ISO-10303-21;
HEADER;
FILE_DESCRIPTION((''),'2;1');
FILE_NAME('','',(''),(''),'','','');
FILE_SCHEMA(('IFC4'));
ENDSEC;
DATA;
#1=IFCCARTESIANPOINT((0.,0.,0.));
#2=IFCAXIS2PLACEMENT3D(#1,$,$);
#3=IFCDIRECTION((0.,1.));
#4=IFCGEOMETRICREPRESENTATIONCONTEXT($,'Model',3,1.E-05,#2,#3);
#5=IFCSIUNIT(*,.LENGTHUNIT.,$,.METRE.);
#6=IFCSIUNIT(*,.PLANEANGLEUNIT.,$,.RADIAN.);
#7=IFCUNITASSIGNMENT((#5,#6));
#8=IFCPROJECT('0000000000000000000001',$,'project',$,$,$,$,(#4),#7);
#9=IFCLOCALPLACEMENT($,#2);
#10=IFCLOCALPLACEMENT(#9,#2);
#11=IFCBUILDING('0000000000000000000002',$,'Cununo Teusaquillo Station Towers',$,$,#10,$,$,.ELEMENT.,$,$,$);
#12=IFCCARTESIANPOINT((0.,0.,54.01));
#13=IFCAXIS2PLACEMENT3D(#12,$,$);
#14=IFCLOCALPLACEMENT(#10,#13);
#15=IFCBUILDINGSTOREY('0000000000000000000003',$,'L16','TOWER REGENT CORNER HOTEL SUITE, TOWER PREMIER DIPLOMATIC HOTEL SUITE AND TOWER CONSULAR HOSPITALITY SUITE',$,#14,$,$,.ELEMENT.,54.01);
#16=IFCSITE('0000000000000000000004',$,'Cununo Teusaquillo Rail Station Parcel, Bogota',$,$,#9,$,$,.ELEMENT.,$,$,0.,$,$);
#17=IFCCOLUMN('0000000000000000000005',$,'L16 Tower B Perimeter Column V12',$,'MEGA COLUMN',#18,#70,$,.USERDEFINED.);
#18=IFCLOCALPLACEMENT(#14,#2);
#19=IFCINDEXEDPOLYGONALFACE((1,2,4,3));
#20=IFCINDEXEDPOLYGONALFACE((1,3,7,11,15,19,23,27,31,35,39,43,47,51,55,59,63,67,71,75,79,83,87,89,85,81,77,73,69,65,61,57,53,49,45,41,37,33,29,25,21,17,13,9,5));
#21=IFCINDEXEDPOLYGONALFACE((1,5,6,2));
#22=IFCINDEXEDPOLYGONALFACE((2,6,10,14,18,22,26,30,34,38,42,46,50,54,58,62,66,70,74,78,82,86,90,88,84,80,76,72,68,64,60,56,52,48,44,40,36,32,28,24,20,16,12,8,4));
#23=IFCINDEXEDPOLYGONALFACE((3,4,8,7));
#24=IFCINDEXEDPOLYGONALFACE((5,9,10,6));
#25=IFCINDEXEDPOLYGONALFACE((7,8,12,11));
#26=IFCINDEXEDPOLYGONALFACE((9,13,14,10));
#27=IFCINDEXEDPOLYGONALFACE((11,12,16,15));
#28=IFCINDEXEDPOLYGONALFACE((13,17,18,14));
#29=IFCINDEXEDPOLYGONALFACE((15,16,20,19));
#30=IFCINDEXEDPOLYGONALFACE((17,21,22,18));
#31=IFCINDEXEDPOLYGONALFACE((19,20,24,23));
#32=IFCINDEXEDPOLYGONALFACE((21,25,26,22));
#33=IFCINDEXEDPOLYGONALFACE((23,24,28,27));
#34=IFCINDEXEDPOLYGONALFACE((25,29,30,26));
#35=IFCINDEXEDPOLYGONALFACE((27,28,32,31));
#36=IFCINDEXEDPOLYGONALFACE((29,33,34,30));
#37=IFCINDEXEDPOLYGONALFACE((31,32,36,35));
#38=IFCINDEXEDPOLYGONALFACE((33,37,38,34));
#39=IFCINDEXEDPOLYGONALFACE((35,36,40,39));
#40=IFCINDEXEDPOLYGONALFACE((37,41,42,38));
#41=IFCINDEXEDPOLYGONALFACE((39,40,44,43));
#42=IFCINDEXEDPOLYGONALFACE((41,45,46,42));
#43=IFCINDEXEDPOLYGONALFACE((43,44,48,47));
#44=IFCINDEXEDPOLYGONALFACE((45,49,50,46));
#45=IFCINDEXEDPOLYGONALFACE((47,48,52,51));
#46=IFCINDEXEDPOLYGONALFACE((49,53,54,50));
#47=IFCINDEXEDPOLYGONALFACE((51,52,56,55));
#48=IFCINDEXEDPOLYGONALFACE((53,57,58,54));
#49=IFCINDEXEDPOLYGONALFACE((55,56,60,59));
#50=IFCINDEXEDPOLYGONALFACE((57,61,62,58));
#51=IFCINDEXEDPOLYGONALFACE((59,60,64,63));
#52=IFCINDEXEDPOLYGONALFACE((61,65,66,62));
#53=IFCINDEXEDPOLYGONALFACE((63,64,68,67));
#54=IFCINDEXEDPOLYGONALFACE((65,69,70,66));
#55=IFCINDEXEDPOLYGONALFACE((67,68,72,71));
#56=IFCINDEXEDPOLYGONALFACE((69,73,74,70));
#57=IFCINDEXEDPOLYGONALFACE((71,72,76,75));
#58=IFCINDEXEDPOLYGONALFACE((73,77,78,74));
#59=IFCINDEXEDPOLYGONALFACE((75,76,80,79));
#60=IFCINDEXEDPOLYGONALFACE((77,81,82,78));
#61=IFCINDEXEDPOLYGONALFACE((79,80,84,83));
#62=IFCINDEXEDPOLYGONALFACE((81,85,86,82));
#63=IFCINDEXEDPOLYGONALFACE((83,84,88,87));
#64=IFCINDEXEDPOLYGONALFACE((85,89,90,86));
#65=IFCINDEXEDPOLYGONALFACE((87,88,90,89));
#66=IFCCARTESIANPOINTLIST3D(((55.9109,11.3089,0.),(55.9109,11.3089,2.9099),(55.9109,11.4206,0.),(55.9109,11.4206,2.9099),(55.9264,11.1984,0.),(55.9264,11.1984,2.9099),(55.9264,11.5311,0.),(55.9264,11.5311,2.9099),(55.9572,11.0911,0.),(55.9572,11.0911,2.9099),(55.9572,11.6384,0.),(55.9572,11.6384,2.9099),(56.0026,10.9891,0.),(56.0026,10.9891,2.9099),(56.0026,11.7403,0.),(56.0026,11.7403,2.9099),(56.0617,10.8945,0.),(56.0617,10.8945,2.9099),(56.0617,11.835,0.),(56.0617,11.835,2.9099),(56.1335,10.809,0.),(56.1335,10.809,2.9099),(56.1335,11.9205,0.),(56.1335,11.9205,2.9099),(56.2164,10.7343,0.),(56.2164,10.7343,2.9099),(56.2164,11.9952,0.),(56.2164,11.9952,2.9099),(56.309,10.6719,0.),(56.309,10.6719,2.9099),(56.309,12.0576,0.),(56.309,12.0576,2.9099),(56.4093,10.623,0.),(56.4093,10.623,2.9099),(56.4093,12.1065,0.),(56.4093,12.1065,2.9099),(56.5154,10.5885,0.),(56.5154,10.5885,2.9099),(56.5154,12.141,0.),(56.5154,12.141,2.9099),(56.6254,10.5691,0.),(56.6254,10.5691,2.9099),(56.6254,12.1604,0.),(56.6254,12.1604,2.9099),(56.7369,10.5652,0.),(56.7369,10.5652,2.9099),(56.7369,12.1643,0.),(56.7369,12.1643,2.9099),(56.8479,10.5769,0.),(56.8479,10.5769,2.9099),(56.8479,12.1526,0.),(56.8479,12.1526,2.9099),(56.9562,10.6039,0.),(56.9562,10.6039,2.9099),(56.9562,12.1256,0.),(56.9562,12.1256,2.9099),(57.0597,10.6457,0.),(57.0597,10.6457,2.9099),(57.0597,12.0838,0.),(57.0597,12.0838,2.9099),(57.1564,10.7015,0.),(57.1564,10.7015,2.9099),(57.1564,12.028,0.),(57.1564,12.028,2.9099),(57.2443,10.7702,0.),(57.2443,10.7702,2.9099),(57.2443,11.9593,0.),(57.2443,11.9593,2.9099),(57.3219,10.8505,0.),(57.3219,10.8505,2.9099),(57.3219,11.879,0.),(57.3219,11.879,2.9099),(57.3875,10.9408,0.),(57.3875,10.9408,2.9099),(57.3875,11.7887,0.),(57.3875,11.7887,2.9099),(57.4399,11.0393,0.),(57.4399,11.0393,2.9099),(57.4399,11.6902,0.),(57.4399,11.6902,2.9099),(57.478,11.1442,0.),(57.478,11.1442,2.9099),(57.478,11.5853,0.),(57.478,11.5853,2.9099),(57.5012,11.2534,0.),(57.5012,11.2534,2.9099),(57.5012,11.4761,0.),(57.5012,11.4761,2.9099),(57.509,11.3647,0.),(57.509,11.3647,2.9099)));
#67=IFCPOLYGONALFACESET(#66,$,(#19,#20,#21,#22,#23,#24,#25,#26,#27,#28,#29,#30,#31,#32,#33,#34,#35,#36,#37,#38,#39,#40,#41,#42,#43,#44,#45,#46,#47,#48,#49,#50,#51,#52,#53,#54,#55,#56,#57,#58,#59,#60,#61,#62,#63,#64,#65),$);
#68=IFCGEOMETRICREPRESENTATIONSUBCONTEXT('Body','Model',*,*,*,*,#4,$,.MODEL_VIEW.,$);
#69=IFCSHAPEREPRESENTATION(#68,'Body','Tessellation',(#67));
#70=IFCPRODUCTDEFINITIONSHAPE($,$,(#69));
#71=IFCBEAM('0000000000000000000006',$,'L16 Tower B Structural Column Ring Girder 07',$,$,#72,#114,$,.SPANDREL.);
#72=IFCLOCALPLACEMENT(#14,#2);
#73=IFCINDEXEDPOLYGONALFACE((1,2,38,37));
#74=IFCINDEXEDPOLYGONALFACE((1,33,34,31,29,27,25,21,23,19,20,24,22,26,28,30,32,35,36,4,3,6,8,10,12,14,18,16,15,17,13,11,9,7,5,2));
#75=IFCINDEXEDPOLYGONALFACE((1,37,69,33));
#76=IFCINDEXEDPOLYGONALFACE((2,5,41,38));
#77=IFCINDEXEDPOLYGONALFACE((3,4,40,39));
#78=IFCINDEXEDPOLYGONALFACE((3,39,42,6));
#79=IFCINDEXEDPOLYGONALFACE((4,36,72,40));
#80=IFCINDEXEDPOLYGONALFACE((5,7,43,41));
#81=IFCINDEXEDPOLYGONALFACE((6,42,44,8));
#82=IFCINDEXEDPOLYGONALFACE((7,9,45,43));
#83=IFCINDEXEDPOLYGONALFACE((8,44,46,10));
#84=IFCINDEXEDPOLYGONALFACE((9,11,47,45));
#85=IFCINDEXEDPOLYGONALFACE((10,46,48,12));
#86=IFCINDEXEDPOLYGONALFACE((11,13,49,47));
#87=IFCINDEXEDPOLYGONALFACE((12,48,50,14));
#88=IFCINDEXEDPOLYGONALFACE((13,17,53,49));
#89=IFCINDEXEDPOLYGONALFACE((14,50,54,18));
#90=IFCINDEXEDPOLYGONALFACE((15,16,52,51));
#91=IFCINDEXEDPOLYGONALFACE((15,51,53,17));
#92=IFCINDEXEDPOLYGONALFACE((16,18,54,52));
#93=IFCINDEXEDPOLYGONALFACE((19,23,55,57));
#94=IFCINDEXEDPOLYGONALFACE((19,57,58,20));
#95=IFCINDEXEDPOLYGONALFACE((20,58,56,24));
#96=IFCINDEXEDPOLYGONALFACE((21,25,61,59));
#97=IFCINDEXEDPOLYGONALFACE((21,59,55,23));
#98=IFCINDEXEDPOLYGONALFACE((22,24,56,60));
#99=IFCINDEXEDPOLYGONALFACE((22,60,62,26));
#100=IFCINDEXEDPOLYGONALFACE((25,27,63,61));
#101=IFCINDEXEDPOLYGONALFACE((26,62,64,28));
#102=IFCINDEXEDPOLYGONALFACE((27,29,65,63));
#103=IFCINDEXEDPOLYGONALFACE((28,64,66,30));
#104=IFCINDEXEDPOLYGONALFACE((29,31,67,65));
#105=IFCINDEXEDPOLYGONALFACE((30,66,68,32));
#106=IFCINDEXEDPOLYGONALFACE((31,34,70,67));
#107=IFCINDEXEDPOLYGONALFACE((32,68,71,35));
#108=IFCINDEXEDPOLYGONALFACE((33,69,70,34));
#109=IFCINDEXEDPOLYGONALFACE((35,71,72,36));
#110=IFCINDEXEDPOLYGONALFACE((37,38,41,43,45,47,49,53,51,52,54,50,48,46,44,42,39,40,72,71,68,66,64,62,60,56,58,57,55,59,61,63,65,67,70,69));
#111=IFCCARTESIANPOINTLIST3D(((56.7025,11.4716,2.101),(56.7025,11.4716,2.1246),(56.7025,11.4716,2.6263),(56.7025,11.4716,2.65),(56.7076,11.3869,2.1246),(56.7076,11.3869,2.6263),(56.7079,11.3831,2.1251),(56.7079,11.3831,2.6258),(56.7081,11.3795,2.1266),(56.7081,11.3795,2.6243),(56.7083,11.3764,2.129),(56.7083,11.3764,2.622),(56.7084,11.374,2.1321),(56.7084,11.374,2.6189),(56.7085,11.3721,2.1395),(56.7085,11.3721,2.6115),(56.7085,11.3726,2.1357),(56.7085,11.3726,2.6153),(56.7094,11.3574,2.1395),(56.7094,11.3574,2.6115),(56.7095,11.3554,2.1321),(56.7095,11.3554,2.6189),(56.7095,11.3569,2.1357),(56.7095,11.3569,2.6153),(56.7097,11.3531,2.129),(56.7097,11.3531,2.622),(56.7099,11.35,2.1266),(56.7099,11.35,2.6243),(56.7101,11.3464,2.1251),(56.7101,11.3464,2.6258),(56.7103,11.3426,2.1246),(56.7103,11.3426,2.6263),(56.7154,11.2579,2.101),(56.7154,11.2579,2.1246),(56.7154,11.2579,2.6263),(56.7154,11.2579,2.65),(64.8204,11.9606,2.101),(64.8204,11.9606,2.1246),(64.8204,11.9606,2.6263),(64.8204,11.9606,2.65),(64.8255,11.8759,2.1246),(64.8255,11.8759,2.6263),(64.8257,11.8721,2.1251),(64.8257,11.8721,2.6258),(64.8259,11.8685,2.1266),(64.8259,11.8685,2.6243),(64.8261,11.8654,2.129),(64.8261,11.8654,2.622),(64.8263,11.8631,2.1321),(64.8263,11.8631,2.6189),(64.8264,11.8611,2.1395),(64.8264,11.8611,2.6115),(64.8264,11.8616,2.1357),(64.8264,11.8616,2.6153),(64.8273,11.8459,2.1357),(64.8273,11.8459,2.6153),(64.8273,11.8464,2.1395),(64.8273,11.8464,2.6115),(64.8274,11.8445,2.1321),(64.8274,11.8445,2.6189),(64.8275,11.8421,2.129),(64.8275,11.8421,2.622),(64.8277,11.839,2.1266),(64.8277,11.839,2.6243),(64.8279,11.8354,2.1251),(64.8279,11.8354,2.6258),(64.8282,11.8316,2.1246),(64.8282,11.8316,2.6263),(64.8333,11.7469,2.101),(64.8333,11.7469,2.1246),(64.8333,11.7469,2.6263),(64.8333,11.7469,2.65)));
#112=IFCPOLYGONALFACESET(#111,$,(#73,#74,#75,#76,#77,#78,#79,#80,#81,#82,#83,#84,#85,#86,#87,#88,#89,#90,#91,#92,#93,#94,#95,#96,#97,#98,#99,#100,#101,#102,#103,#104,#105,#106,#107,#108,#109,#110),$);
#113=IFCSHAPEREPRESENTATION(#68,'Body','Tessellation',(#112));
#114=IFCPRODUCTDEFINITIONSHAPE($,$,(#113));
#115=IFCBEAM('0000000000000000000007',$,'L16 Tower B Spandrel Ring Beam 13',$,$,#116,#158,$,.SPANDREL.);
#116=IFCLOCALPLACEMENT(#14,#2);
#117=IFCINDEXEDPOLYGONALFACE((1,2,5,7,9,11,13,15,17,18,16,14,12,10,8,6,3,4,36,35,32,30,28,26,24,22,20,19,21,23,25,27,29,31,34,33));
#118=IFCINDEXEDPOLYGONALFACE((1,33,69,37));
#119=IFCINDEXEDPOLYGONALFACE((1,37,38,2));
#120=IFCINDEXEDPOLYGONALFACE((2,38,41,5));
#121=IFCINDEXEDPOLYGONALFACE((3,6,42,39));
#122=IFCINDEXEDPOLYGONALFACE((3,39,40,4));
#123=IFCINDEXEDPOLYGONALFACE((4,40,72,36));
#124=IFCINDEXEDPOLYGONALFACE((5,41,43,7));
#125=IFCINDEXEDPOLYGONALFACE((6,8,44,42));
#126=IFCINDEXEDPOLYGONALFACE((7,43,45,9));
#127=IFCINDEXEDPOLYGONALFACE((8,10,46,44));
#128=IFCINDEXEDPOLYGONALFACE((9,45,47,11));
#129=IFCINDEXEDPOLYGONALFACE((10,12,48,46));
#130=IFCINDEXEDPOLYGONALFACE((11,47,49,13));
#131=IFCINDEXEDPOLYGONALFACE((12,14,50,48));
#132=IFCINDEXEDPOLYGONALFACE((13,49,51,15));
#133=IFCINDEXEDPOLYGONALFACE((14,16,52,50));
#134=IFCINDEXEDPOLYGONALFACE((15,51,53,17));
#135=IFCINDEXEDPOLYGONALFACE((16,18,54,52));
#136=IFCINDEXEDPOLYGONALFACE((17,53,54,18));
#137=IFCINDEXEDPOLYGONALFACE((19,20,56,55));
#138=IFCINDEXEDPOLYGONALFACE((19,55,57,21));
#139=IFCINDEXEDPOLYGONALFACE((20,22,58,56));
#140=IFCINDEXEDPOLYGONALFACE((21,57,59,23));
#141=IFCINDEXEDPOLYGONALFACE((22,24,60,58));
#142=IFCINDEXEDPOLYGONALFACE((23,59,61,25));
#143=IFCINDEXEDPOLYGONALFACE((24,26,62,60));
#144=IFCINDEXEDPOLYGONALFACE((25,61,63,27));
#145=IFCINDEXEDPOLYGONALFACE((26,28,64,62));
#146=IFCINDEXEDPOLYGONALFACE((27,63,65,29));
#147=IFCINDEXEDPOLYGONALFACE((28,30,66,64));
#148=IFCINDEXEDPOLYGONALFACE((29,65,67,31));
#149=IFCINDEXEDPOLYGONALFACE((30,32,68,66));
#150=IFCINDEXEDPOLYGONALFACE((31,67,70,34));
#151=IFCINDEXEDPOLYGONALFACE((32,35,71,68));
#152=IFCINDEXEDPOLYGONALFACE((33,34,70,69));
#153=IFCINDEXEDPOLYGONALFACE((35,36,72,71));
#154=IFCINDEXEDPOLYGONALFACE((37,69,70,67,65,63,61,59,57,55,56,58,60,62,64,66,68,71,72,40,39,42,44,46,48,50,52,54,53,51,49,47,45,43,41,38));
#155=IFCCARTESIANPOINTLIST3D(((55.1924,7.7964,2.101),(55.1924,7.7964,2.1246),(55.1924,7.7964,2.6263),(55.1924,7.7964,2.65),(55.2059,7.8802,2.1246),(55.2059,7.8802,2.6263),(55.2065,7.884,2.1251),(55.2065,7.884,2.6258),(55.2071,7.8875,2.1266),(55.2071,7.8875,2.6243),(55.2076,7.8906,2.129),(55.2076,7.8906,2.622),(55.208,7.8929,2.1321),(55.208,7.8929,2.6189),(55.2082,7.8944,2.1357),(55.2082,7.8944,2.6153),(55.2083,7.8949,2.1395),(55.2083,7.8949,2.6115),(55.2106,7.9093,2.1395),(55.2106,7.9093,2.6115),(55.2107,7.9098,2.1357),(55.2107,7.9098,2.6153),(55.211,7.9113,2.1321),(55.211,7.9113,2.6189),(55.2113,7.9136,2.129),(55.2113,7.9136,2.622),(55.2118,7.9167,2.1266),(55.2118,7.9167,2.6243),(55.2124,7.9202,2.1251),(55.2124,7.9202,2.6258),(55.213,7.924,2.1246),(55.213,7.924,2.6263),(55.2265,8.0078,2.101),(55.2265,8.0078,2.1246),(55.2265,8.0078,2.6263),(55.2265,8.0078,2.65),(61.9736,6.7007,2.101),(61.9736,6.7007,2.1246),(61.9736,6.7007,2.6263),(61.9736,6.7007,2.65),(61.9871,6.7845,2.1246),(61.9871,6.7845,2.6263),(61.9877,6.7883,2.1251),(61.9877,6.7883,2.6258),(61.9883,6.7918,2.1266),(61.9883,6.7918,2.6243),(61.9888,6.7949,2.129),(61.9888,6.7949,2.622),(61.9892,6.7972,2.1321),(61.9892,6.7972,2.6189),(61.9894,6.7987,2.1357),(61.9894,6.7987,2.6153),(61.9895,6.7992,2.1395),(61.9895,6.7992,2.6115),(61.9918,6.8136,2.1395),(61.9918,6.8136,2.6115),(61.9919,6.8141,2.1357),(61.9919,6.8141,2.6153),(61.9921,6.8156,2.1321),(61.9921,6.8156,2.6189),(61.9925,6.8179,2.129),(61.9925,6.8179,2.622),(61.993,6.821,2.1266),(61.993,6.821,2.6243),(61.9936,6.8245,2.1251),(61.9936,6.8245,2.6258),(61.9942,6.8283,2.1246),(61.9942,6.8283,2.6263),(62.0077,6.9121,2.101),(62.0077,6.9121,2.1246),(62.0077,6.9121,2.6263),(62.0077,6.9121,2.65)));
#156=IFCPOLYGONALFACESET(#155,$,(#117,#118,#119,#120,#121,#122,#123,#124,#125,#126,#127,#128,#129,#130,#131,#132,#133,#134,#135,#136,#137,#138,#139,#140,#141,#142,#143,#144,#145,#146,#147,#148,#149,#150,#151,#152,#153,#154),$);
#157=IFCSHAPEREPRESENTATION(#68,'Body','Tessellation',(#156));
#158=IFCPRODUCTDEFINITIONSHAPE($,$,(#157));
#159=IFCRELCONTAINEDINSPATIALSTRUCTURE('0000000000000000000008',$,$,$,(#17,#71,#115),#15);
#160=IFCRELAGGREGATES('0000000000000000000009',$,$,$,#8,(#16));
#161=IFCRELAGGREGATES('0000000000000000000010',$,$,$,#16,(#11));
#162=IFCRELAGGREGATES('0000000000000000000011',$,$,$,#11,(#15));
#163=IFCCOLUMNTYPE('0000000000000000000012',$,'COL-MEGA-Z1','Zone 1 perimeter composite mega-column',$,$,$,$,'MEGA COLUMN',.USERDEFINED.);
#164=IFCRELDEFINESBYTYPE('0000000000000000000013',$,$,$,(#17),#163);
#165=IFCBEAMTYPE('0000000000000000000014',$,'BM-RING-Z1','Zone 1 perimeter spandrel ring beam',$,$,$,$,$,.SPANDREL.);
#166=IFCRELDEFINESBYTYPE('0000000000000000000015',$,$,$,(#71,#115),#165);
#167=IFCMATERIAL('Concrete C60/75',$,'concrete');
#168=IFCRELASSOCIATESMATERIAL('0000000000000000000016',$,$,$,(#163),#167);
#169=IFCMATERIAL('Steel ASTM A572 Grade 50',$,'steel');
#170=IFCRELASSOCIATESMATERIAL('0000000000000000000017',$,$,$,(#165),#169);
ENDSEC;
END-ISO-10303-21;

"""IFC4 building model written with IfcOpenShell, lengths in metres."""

from ifc_helpers import new_model, si_unit, direction, frame, origin, origin_2d, place, context, subcontext, project, spatial, circle, i_section, extrude, material, material_profile, profile_set, type_object, element, save


model = new_model("IFC4")

# Units and contexts
model_context = context("Model", 3, precision=1e-05, world=origin(), true_north=direction((0.0, 1.0)))
body_context = subcontext(model_context, "Body", "Model", "MODEL_VIEW")
ifc_project = project(units=[si_unit("LENGTHUNIT", "METRE"), si_unit("PLANEANGLEUNIT", "RADIAN")], contexts=[model_context])

# Site, building, storey
site_placement = place(None, origin())
site = spatial("IfcSite", under=ifc_project, at=site_placement, Name="Cununo Teusaquillo Rail Station Parcel, Bogota", CompositionType="ELEMENT", RefElevation=0.0)
building_placement = place(site_placement, origin())
building = spatial("IfcBuilding", under=site, at=building_placement, Name="Cununo Teusaquillo Station Towers", CompositionType="ELEMENT")
storey_placement = place(building_placement, frame((0.0, 0.0, 54.01)))
storey = spatial("IfcBuildingStorey", under=building, at=storey_placement, Name="L16", Description="TOWER REGENT CORNER HOTEL SUITE, TOWER PREMIER DIPLOMATIC HOTEL SUITE AND TOWER CONSULAR HOSPITALITY SUITE", CompositionType="ELEMENT", Elevation=54.01)

# Column
ifc_material_1 = material(Name="Concrete C60/75", Category="concrete")
ifc_material_profile_1 = material_profile(ifc_material_1, circle(Radius=0.8, at=origin_2d()), Name="RC-CIRC-1600")
ifc_profile_set_1 = profile_set([ifc_material_profile_1], Name="Concrete C60/75")
column_type = type_object("IfcColumnType", Name="COL-MEGA-Z1", Description="Zone 1 perimeter composite mega-column", ElementType="MEGA COLUMN", PredefinedType="USERDEFINED", material=ifc_profile_set_1)
column_placement = place(storey_placement, frame((56.709, 11.3647, 0.0), z_axis=(0.0, 0.0, 1.0), x_axis=(1.0, 0.0, 0.0)))
element("IfcColumn", 1, at=column_placement, inside=storey, type_object=column_type, Name="L16 Tower B Perimeter Column V12", ObjectType="MEGA COLUMN", PredefinedType="USERDEFINED", context=body_context, shape_type="SweptSolid", body=[
    extrude(circle(Radius=0.8, at=origin_2d()), origin(), (0.0, 0.0, 1.0), 2.9099),
])

# Beams
ifc_material_2 = material(Name="Steel ASTM A572 Grade 50", Category="steel")
ifc_material_profile_2 = material_profile(ifc_material_2, i_section(OverallWidth=0.2141, OverallDepth=0.5491, WebThickness=0.0146, FlangeThickness=0.0237, FilletRadius=0.0149, at=origin_2d()), Name="W21X93")
ifc_profile_set_2 = profile_set([ifc_material_profile_2], Name="Steel ASTM A572 Grade 50")
beam_type = type_object("IfcBeamType", Name="BM-RING-Z1", Description="Zone 1 perimeter spandrel ring beam", PredefinedType="SPANDREL", material=ifc_profile_set_2)
beam_1_placement = place(storey_placement, frame((56.709, 11.3647, 2.3755), z_axis=(0.998191, 0.06013, 0.0), x_axis=(-0.06013, 0.998191, 0.0)))
element("IfcBeam", 2, at=beam_1_placement, inside=storey, type_object=beam_type, Name="L16 Tower B Structural Column Ring Girder 07", PredefinedType="SPANDREL", context=body_context, shape_type="SweptSolid", body=[
    extrude(i_section(OverallWidth=0.2141, OverallDepth=0.5491, WebThickness=0.0146, FlangeThickness=0.0237, FilletRadius=0.0149, at=origin_2d()), origin(), (0.0, 0.0, 1.0), 8.1326),
])
beam_2_placement = place(storey_placement, frame((55.2095, 7.9021, 2.3755), z_axis=(0.987196, -0.15951, 0.0), x_axis=(0.15951, 0.987196, 0.0)))
element("IfcBeam", 3, at=beam_2_placement, inside=storey, type_object=beam_type, Name="L16 Tower B Spandrel Ring Beam 13", PredefinedType="SPANDREL", context=body_context, shape_type="SweptSolid", body=[
    extrude(i_section(OverallWidth=0.2141, OverallDepth=0.5491, WebThickness=0.0146, FlangeThickness=0.0237, FilletRadius=0.0149, at=origin_2d()), origin(), (0.0, 0.0, 1.0), 6.8691),
])

save(model, "model.ifc")
